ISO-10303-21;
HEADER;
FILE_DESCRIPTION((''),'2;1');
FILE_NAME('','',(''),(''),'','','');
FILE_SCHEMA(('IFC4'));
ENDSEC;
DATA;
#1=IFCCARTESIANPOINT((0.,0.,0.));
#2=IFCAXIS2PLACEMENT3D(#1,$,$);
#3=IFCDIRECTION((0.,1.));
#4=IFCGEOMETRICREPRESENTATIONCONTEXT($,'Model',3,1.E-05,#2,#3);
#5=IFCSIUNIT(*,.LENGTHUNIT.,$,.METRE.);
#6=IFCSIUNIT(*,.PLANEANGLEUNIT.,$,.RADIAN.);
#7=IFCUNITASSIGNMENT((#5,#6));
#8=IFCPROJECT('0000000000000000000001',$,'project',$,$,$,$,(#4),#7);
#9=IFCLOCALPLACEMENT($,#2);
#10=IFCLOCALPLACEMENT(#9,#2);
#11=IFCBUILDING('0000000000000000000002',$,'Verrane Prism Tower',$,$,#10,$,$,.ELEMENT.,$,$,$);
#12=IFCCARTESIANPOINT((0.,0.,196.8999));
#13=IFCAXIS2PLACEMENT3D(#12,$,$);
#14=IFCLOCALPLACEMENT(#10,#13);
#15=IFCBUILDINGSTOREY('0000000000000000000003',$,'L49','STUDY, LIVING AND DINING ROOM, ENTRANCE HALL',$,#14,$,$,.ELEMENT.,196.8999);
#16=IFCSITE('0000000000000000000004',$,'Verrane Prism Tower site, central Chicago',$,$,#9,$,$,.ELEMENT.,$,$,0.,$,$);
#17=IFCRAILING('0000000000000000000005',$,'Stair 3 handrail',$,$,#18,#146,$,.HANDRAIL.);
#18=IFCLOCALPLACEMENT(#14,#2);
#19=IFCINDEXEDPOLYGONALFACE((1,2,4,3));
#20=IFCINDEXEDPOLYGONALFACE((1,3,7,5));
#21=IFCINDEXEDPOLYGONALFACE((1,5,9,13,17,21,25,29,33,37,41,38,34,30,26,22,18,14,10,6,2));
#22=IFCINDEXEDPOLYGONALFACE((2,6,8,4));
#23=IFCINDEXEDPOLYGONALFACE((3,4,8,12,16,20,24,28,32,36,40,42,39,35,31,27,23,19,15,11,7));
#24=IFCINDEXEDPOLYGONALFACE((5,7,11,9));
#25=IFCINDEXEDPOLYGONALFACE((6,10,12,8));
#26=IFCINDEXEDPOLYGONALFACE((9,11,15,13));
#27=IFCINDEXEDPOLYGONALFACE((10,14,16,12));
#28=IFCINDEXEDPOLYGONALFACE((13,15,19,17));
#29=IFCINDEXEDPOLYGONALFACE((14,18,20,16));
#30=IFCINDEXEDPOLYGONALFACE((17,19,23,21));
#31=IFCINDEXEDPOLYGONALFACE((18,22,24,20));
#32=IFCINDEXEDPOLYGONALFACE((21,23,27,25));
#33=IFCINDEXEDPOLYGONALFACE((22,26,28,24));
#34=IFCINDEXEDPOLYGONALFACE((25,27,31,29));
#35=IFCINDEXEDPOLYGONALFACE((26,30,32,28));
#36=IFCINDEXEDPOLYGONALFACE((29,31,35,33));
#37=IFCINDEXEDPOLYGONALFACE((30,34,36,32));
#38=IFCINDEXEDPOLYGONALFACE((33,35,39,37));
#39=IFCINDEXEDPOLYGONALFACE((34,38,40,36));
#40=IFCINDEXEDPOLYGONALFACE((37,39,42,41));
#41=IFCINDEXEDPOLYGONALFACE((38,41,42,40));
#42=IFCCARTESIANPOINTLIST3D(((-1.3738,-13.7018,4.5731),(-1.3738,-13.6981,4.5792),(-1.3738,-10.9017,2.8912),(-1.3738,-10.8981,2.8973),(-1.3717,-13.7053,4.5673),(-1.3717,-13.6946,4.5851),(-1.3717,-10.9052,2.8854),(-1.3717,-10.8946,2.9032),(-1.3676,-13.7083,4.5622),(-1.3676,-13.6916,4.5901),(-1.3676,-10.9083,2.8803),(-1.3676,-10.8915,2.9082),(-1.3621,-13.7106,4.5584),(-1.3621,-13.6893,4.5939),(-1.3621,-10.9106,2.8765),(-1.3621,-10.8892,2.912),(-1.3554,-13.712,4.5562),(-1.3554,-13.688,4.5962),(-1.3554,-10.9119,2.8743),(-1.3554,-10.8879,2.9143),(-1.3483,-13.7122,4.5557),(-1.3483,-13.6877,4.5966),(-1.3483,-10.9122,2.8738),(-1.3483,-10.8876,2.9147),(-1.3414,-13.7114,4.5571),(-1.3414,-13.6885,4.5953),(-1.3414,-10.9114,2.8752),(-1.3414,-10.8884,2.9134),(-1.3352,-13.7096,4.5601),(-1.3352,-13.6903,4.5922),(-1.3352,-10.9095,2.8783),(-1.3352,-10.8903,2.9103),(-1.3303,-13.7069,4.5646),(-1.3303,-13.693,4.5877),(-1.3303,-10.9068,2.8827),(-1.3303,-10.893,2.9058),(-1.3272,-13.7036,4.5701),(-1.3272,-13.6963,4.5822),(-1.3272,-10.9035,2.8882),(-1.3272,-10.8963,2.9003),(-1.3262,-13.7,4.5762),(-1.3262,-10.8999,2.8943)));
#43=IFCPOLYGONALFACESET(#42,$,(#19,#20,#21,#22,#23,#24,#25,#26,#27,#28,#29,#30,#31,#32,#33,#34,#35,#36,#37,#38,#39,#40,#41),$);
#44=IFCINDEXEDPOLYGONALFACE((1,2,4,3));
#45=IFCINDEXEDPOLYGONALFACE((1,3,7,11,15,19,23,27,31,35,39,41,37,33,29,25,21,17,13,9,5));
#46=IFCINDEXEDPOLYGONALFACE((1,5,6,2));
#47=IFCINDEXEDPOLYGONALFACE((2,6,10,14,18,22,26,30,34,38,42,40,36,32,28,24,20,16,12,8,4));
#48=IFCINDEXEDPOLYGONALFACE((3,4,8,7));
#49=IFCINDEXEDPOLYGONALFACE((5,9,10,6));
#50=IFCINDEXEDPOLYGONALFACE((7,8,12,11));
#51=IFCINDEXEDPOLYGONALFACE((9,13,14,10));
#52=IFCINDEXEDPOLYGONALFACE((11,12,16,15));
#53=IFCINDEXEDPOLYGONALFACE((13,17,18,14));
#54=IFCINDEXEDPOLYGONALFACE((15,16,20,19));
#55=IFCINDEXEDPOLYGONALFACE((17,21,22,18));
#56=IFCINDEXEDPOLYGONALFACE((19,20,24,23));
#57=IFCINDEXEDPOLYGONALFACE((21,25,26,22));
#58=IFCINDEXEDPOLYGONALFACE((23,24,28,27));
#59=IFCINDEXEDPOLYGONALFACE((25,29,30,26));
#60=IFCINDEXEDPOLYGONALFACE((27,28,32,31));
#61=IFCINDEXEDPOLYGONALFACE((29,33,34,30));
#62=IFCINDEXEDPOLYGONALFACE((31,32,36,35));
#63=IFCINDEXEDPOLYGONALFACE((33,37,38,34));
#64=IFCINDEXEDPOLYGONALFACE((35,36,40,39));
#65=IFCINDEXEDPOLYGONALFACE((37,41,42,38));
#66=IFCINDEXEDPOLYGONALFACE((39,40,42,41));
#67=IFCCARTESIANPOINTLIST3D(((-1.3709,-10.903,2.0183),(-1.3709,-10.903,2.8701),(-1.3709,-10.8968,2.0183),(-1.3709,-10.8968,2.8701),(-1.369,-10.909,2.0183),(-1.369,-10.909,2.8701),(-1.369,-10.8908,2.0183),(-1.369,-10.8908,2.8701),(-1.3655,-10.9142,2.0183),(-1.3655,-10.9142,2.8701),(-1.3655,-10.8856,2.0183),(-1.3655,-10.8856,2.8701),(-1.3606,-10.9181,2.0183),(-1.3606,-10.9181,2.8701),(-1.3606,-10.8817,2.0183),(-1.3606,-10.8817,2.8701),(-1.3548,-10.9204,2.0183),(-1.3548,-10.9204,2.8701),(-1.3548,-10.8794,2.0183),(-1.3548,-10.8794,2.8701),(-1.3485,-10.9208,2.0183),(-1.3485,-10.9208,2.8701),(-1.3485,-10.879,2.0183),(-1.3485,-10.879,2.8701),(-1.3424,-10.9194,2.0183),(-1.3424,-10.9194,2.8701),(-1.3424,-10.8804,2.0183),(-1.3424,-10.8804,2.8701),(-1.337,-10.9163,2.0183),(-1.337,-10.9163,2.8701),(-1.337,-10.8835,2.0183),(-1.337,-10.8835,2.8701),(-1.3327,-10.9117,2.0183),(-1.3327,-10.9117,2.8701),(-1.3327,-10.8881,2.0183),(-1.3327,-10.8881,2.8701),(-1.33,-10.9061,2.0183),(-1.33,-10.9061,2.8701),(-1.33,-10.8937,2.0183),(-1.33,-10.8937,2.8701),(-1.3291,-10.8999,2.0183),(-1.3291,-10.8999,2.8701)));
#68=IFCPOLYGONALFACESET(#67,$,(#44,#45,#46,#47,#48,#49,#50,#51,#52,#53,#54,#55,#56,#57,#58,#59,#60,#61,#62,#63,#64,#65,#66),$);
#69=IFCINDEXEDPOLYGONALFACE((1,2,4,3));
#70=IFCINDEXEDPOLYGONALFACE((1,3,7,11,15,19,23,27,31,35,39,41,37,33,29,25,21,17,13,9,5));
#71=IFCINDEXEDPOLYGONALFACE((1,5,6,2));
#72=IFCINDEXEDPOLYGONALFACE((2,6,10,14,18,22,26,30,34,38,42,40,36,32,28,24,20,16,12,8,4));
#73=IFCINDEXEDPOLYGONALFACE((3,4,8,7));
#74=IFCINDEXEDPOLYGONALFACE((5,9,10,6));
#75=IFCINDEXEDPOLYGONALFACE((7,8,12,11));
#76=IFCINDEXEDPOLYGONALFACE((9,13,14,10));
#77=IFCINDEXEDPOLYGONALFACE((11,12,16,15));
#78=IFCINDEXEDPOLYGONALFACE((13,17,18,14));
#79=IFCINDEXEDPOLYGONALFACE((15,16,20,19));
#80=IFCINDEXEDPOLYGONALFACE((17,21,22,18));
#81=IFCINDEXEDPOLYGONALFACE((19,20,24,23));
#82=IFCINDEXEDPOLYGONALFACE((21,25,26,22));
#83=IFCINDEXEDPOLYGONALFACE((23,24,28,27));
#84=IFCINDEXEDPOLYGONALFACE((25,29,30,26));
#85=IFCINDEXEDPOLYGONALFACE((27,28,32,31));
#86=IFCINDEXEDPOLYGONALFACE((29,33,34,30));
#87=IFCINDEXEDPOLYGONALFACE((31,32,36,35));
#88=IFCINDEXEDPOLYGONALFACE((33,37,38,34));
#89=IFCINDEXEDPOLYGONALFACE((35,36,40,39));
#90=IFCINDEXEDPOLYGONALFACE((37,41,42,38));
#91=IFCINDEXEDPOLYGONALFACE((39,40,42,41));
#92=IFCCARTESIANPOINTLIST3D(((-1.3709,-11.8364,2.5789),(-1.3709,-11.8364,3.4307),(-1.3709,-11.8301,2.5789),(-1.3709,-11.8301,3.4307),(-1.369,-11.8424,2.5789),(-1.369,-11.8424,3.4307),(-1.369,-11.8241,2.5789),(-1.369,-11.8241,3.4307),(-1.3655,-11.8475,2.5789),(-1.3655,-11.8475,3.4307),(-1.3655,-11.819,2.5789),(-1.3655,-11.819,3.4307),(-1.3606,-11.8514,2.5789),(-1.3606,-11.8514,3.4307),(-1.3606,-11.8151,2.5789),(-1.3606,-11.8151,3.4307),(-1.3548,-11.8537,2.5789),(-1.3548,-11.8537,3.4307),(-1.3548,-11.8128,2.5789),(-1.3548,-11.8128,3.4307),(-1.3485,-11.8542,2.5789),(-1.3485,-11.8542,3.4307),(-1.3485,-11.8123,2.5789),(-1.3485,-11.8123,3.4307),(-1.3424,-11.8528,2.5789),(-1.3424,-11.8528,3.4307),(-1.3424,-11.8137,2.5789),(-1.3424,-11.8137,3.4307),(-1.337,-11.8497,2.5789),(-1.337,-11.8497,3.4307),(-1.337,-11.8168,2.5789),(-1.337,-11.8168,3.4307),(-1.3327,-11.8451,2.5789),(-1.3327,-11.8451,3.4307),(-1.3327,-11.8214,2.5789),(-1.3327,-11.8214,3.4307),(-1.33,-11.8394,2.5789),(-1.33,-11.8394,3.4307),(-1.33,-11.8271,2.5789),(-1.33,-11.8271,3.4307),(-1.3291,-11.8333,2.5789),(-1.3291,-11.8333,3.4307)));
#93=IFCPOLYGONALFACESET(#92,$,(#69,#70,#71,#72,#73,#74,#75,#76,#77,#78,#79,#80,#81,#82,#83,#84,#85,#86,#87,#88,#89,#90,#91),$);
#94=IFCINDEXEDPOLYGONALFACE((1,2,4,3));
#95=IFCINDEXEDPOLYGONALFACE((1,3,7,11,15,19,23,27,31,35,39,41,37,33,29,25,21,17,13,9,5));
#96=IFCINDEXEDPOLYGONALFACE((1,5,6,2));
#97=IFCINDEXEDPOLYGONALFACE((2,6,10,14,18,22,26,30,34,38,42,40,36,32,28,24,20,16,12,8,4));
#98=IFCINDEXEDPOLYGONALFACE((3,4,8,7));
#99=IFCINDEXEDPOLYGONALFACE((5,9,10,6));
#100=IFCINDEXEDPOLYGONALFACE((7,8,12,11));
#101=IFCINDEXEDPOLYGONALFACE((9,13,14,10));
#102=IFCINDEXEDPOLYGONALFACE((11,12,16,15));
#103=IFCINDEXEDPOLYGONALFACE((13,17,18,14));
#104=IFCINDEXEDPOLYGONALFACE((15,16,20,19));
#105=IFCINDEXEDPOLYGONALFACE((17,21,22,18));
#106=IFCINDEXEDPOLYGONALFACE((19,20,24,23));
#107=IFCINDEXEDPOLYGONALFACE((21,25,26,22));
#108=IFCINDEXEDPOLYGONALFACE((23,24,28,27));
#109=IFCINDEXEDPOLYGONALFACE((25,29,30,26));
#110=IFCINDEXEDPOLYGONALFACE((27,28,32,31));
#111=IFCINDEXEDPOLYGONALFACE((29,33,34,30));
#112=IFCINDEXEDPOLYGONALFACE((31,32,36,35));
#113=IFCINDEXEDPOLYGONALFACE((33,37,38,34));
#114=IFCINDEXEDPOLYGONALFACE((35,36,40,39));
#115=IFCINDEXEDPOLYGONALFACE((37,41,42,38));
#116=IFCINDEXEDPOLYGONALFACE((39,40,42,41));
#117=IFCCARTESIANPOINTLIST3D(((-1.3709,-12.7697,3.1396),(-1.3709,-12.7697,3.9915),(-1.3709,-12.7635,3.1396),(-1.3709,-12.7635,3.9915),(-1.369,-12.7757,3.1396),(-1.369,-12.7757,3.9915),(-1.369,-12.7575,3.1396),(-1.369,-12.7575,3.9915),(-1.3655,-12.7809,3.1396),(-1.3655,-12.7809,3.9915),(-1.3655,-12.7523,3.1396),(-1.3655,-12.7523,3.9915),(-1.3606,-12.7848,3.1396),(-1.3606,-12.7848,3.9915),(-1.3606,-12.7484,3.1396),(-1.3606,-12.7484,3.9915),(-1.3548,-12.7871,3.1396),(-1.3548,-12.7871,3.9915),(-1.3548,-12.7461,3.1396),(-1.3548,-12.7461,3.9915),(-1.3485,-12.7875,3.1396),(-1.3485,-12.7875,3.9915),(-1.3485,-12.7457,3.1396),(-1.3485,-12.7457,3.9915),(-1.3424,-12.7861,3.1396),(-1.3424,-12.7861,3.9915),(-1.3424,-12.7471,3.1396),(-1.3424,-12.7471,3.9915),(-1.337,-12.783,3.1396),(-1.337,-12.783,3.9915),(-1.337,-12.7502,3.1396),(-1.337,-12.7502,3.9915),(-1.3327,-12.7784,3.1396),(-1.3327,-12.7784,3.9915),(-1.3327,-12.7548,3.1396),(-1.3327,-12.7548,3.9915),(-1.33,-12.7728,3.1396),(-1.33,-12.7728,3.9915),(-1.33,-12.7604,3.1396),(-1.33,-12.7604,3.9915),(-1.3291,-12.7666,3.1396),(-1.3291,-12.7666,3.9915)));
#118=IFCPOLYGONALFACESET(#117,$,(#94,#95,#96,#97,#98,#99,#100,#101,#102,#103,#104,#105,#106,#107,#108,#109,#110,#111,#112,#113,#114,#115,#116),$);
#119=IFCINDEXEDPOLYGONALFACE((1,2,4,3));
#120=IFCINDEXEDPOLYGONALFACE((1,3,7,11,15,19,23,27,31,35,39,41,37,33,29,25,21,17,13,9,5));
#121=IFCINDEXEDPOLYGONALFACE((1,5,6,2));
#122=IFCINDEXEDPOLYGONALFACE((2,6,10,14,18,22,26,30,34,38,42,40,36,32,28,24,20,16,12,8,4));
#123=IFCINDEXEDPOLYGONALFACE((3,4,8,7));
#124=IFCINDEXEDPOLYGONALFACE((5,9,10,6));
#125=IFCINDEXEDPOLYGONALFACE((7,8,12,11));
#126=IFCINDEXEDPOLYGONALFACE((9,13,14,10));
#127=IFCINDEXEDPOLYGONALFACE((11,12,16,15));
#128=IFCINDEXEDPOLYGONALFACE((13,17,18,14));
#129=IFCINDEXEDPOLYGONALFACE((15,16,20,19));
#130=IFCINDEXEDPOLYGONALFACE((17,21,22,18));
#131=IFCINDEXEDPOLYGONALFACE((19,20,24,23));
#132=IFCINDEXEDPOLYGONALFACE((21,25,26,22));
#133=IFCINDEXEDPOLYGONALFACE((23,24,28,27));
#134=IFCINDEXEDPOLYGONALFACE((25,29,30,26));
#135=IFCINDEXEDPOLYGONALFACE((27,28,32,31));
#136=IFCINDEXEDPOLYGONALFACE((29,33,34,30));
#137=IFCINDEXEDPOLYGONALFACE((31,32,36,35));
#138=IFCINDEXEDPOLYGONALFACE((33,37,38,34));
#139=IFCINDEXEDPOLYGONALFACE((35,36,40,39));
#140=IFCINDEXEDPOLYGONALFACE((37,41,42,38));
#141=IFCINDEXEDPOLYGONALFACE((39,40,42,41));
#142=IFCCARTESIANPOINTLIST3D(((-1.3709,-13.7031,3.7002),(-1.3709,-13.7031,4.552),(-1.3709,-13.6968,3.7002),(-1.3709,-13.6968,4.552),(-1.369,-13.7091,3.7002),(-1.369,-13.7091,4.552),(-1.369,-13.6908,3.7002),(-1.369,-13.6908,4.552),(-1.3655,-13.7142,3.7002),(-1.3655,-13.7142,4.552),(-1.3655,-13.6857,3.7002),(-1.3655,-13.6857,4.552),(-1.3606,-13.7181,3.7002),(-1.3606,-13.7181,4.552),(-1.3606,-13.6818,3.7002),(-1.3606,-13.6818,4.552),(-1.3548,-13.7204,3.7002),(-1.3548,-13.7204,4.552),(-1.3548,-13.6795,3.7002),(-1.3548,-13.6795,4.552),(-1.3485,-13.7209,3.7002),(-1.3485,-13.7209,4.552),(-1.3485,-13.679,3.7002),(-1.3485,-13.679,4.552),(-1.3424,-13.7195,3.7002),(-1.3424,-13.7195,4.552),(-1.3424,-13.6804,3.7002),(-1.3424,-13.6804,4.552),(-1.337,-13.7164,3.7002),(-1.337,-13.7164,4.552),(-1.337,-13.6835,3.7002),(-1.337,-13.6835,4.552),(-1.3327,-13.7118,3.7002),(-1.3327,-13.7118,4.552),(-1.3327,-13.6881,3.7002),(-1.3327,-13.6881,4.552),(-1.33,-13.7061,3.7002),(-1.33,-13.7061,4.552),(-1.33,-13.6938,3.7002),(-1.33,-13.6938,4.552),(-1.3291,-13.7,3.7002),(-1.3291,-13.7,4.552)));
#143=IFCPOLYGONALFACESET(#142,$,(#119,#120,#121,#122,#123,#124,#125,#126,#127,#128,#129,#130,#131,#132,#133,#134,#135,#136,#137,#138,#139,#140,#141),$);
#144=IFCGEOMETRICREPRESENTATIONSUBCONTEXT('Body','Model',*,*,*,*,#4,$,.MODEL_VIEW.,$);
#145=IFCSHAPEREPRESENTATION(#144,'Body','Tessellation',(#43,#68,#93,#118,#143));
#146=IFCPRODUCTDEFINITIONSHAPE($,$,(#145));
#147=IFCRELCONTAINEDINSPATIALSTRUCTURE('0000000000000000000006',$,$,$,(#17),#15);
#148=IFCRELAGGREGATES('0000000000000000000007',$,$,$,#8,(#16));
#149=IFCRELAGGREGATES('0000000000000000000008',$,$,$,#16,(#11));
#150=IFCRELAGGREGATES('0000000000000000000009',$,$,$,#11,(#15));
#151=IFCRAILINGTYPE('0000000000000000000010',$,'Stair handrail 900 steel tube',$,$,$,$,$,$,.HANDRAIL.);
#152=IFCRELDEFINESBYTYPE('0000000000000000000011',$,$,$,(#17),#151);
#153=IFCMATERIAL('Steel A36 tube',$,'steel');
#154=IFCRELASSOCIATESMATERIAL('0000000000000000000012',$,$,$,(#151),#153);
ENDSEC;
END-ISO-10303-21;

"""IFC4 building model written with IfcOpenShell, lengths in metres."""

from ifc_helpers import new_model, si_unit, direction, frame, origin, origin_2d, place, context, subcontext, project, spatial, circle, extrude, material, type_object, element, save


model = new_model("IFC4")

# Units and contexts
model_context = context("Model", 3, precision=1e-05, world=origin(), true_north=direction((0.0, 1.0)))
body_context = subcontext(model_context, "Body", "Model", "MODEL_VIEW")
ifc_project = project(units=[si_unit("LENGTHUNIT", "METRE"), si_unit("PLANEANGLEUNIT", "RADIAN")], contexts=[model_context])

# Site, building, storey
site_placement = place(None, origin())
site = spatial("IfcSite", under=ifc_project, at=site_placement, Name="Verrane Prism Tower site, central Chicago", CompositionType="ELEMENT", RefElevation=0.0)
building_placement = place(site_placement, origin())
building = spatial("IfcBuilding", under=site, at=building_placement, Name="Verrane Prism Tower", CompositionType="ELEMENT")
storey_placement = place(building_placement, frame((0.0, 0.0, 196.8999)))
storey = spatial("IfcBuildingStorey", under=building, at=storey_placement, Name="L49", Description="STUDY, LIVING AND DINING ROOM, ENTRANCE HALL", CompositionType="ELEMENT", Elevation=196.8999)

# Railing
ifc_material_1 = material(Name="Steel A36 tube", Category="steel")
railing_type = type_object("IfcRailingType", Name="Stair handrail 900 steel tube", PredefinedType="HANDRAIL", material=ifc_material_1)
railing_placement = place(storey_placement, frame((-1.3501, -10.8999, 2.0183)))
element("IfcRailing", 1, at=railing_placement, inside=storey, type_object=railing_type, Name="Stair 3 handrail", PredefinedType="HANDRAIL", context=body_context, shape_type="SweptSolid", body=[
    extrude(circle(Radius=0.0239, at=origin_2d()), frame((0.0, 0.0, 0.876), z_axis=(0.0, -0.857242, 0.514913), x_axis=(1.0, 0.0, 0.0)), (0.0, 0.0, 1.0), 3.2664),
    extrude(circle(Radius=0.021, at=origin_2d()), origin(), (0.0, 0.0, 1.0), 0.8518),
    extrude(circle(Radius=0.021, at=origin_2d()), frame((0.0, -0.9333, 0.5605)), (0.0, 0.0, 1.0), 0.8518),
    extrude(circle(Radius=0.021, at=origin_2d()), frame((0.0, -1.8667, 1.1213)), (0.0, 0.0, 1.0), 0.8518),
    extrude(circle(Radius=0.021, at=origin_2d()), frame((0.0, -2.8, 1.6819)), (0.0, 0.0, 1.0), 0.8518),
])

save(model, "model.ifc")
